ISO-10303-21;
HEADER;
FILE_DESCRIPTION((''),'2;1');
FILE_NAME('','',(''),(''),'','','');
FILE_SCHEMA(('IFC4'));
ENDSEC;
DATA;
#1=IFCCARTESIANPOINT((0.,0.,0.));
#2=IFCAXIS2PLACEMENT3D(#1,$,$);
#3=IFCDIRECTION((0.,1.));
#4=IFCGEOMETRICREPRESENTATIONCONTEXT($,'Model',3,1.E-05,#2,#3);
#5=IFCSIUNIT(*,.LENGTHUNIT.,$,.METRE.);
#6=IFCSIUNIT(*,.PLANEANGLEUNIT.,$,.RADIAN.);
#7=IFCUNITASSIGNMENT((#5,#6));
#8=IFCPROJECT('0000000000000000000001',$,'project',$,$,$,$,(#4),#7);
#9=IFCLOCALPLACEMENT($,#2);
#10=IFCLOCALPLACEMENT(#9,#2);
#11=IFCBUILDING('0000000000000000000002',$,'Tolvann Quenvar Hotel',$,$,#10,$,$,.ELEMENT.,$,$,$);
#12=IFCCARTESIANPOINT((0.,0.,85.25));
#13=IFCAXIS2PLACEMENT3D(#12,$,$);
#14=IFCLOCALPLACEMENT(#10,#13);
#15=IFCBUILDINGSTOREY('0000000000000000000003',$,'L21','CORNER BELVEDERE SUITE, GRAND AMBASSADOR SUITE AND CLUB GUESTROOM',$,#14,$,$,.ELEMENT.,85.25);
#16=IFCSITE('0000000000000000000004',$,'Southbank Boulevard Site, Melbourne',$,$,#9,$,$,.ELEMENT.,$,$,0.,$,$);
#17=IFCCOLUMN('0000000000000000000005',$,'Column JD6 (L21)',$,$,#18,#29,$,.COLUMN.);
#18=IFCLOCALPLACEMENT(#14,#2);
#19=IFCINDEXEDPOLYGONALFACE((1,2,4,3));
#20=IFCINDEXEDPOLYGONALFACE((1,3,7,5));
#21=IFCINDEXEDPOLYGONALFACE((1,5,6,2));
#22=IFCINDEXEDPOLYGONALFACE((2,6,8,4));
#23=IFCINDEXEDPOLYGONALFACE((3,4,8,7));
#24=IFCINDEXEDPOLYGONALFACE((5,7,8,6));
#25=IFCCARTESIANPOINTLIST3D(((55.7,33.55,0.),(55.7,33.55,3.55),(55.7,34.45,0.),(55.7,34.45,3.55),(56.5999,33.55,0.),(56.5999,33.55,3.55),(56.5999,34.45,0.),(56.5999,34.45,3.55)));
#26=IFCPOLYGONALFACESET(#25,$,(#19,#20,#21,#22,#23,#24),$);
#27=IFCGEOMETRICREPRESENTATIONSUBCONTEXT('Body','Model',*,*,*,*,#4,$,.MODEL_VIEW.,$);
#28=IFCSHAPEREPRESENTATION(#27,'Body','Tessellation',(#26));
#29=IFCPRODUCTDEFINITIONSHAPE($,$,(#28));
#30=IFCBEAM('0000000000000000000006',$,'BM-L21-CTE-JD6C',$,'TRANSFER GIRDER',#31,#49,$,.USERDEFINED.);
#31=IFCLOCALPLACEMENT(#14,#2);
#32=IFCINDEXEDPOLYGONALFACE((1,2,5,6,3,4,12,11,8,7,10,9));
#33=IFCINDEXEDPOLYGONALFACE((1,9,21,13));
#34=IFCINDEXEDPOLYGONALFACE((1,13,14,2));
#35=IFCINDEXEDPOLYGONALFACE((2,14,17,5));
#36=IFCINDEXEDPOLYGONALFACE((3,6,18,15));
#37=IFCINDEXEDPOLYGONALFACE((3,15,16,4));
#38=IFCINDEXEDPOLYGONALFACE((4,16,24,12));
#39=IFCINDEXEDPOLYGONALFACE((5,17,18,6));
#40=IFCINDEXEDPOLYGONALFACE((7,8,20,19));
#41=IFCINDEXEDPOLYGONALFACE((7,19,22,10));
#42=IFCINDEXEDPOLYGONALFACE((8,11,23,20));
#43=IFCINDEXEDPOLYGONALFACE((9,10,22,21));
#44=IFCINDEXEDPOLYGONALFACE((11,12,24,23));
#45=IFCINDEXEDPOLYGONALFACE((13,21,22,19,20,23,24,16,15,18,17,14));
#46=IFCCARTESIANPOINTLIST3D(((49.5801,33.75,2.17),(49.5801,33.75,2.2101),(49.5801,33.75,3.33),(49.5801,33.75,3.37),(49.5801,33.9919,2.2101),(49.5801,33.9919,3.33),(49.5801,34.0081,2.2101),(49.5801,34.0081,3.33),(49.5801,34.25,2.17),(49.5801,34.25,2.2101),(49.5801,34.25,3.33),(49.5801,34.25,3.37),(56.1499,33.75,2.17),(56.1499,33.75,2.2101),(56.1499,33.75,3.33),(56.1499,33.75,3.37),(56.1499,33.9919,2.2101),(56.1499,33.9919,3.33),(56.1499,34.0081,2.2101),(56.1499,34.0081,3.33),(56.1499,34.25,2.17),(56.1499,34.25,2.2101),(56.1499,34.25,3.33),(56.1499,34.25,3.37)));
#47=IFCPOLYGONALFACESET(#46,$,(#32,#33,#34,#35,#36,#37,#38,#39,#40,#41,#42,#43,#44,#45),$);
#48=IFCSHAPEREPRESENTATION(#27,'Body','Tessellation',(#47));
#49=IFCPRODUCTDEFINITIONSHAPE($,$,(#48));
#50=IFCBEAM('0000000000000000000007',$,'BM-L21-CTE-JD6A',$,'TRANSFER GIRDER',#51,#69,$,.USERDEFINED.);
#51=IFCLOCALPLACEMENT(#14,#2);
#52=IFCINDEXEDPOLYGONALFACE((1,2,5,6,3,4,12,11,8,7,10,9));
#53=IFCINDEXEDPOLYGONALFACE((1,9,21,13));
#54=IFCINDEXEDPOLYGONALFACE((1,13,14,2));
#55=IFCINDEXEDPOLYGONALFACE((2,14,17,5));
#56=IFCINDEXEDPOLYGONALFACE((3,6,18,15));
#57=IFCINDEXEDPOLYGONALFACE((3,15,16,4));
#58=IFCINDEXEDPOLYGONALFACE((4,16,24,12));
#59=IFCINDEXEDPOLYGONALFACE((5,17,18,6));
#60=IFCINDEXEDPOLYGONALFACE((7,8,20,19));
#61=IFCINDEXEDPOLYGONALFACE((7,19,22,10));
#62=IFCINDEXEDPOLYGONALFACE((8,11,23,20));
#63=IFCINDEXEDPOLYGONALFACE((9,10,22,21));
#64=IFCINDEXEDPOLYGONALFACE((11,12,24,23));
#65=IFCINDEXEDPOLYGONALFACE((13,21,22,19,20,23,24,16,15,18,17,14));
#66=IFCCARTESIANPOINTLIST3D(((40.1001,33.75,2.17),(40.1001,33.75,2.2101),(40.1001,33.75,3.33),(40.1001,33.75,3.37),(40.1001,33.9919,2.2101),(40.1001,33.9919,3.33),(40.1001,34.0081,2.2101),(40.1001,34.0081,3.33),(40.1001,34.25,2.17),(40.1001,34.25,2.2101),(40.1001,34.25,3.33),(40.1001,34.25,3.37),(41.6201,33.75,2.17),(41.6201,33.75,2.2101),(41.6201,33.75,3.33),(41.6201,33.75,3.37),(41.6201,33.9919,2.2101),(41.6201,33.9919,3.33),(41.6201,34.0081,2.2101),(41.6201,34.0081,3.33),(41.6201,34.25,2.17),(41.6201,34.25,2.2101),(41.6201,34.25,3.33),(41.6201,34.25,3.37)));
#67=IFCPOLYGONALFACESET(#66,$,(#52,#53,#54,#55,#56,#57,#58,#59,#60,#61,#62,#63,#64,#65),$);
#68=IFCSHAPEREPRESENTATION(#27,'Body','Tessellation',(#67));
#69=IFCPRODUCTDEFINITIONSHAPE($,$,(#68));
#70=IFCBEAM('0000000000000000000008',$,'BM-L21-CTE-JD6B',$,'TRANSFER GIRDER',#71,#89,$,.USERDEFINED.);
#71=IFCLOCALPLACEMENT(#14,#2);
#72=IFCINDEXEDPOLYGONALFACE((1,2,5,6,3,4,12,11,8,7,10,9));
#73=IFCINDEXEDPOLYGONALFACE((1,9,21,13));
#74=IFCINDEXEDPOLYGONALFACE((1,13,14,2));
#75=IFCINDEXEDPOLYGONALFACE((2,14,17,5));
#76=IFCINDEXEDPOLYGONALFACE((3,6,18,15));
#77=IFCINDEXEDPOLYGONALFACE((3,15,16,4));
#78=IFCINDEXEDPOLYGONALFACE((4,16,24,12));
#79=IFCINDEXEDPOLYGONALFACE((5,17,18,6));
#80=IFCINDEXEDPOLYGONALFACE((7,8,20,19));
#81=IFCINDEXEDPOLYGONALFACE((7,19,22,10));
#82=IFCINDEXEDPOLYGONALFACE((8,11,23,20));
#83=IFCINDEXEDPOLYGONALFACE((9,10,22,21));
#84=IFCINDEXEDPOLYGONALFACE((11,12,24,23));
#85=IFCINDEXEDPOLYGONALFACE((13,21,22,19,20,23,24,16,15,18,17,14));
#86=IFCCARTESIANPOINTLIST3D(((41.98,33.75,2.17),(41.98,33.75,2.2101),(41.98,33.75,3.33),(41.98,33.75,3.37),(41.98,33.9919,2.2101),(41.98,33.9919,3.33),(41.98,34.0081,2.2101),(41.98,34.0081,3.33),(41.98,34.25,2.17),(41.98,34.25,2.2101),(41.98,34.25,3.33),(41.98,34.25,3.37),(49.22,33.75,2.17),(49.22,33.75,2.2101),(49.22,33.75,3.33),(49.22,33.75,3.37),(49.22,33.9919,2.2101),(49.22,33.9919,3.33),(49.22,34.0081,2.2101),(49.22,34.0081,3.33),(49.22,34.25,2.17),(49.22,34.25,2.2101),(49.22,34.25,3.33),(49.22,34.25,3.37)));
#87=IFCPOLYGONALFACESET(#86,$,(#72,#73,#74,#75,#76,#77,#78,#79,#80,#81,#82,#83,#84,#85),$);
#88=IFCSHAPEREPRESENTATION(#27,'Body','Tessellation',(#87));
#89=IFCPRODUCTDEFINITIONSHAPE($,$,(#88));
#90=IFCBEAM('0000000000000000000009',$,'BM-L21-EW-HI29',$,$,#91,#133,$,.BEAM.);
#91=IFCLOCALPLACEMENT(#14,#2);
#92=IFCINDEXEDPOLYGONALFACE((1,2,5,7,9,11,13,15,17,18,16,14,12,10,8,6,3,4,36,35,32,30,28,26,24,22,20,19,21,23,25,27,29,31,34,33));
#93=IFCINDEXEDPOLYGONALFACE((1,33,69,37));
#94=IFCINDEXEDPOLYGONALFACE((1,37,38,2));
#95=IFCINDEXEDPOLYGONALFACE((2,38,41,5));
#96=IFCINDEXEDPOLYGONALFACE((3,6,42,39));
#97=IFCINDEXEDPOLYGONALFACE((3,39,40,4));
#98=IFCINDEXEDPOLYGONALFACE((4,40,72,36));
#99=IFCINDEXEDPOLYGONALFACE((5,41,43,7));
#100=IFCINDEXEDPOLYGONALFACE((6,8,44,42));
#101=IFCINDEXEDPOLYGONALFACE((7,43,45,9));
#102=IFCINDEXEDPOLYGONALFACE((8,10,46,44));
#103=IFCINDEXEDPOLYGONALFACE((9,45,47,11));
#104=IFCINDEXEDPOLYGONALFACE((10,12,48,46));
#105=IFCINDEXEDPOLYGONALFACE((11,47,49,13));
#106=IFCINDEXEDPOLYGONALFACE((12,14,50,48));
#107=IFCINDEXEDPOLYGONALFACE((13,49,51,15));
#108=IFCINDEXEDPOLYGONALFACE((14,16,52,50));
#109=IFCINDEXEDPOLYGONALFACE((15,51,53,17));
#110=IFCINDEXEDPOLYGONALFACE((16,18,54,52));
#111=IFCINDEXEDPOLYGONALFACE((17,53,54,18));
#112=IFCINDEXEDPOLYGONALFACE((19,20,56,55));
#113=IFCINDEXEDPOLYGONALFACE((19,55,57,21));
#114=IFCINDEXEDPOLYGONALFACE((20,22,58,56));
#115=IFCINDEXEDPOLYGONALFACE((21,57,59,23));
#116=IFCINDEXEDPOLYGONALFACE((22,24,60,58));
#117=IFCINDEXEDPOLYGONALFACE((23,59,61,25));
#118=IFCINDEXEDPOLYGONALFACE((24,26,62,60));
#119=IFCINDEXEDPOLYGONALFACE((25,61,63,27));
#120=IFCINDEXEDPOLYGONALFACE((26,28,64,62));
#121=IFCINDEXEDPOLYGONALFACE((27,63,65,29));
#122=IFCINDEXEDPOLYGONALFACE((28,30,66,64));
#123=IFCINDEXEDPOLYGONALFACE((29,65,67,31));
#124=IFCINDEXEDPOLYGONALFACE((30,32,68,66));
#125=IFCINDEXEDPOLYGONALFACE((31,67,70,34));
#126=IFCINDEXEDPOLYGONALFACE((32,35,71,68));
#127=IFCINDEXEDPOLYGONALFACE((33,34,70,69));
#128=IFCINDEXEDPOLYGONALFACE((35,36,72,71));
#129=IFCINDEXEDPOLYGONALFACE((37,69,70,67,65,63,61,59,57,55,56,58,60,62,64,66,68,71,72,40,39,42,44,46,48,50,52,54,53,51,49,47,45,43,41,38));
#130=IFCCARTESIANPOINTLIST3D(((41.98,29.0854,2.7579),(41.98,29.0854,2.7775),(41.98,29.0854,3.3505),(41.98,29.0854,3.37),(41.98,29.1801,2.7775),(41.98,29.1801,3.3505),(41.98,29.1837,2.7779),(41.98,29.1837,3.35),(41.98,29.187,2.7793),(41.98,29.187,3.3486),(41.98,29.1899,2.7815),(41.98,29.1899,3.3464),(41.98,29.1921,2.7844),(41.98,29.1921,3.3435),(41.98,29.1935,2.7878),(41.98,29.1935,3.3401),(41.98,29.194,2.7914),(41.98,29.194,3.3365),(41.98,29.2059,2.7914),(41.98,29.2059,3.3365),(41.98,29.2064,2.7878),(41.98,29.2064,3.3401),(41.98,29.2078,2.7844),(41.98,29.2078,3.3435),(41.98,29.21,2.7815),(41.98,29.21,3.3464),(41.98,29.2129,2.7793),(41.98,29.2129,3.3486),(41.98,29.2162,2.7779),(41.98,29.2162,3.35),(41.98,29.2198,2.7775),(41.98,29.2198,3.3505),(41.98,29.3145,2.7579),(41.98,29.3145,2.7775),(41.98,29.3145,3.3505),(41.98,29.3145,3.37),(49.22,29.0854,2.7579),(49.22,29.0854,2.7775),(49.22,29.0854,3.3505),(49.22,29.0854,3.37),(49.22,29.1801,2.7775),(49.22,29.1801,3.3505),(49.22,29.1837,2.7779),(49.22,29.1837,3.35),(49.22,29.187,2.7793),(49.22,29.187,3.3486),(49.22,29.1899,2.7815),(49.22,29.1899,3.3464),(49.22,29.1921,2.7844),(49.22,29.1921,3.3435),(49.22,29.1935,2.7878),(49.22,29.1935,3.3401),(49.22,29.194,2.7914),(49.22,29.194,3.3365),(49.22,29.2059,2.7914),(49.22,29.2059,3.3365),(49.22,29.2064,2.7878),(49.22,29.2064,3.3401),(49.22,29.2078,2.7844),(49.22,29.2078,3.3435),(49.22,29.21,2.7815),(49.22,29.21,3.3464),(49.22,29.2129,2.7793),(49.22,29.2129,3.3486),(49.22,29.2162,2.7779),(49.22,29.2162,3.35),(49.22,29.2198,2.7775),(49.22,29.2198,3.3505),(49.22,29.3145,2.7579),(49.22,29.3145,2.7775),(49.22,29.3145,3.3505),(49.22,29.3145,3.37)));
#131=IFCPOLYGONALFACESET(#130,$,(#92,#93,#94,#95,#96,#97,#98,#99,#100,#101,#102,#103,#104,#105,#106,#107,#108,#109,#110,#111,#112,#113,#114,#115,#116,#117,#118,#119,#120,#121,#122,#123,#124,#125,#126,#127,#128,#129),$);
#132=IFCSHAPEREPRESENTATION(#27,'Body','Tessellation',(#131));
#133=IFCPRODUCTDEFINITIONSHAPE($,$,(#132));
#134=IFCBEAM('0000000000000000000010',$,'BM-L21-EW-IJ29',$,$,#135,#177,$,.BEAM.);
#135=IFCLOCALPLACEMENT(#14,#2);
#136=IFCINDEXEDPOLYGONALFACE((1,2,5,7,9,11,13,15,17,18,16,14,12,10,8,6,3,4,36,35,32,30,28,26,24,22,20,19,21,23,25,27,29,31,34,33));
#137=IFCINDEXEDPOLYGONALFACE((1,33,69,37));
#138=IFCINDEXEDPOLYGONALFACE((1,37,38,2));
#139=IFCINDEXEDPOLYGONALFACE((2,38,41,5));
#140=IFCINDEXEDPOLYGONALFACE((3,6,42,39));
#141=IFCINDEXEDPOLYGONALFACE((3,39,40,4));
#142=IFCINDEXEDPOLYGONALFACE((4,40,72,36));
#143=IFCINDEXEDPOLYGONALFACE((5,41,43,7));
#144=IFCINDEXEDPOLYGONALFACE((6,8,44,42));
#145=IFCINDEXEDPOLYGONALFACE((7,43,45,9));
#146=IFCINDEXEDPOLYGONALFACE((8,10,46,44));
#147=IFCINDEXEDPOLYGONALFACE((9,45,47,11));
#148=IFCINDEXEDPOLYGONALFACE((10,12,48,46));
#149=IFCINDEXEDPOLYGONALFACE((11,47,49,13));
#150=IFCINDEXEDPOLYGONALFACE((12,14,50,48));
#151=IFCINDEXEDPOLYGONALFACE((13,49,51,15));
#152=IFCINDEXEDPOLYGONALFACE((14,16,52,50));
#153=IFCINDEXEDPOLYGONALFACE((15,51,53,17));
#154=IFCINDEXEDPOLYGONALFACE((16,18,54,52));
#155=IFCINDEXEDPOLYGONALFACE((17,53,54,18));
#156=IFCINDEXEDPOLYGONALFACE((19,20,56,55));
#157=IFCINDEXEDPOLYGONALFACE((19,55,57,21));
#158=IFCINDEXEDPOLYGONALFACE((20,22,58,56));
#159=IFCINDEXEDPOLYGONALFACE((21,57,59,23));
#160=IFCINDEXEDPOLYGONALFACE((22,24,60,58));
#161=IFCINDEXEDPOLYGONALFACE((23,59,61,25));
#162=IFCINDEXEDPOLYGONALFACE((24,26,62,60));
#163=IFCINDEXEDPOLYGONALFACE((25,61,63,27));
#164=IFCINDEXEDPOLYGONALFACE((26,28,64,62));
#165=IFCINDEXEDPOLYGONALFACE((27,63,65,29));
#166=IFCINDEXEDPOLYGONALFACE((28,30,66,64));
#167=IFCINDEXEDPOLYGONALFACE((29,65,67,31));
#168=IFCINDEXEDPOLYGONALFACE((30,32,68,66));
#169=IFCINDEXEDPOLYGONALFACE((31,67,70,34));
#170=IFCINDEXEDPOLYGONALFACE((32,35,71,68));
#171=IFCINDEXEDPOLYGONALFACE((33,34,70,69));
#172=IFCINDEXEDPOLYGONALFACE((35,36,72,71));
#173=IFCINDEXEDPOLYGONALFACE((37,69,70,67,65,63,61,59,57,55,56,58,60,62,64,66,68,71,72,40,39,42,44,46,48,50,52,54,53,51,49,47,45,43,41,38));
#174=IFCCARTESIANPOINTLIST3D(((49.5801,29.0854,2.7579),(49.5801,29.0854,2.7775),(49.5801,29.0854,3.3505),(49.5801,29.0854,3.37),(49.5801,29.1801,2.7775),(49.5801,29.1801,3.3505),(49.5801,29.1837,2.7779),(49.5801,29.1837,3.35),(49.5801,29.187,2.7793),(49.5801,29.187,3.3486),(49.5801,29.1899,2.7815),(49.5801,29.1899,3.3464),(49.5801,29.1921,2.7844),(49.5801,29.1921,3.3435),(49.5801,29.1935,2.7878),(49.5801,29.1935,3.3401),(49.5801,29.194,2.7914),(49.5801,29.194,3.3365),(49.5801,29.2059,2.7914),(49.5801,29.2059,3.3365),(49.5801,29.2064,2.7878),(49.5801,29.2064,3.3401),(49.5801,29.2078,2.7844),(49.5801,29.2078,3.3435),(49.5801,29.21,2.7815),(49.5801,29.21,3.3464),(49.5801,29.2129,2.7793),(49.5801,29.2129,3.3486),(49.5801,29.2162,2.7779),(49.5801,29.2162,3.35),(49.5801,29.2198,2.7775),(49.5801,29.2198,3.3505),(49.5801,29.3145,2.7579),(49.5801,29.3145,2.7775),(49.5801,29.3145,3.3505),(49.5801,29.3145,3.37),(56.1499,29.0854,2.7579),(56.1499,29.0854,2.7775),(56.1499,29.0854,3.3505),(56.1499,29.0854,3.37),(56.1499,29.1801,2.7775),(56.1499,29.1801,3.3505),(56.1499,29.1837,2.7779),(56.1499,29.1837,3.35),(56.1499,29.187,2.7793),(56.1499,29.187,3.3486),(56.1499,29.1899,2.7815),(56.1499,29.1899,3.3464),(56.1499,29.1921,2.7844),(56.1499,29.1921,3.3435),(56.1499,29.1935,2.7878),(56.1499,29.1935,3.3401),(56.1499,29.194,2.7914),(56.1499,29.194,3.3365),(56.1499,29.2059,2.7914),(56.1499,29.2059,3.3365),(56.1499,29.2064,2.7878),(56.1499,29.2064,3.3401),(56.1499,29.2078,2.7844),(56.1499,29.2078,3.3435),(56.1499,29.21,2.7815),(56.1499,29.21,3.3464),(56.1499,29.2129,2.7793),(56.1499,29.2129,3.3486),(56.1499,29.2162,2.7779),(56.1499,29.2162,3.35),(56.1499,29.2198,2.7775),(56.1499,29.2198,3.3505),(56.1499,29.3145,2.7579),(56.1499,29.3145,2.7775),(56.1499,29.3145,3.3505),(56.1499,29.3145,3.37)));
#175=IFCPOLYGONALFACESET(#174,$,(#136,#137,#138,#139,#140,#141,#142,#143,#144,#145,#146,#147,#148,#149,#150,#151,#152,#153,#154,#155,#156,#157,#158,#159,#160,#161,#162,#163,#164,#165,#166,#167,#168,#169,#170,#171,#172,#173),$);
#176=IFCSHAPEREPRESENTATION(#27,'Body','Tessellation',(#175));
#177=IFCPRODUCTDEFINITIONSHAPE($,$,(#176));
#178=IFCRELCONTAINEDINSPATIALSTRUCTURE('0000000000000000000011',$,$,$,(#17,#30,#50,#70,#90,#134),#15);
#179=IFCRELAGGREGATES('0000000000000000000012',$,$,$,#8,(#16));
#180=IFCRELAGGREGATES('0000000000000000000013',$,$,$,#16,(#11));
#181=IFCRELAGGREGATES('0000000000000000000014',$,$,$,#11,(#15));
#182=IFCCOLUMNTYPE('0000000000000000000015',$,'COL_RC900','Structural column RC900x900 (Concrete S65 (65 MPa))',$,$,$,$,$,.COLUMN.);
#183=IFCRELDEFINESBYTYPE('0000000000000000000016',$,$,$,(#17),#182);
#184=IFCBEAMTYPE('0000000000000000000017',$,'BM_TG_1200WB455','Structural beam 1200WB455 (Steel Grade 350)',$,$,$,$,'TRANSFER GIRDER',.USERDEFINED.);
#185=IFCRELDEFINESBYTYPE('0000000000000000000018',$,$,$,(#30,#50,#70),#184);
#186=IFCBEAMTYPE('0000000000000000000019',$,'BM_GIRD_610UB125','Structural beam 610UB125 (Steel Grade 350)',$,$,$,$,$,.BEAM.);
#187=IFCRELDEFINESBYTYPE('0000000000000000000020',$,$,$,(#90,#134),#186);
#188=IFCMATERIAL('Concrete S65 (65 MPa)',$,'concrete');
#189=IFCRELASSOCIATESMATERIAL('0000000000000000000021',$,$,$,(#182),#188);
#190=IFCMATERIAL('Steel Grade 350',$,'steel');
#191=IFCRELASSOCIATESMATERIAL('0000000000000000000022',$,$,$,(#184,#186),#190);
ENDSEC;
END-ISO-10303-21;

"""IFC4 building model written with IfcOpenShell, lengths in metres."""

from ifc_helpers import new_model, si_unit, direction, frame, origin, origin_2d, place, context, subcontext, project, spatial, rectangle, i_section, extrude, source, transform, mapped, material, material_profile, profile_set, type_object, type_shapes, element, save


model = new_model("IFC4")

# Units and contexts
model_context = context("Model", 3, precision=1e-05, world=origin(), true_north=direction((0.0, 1.0)))
body_context = subcontext(model_context, "Body", "Model", "MODEL_VIEW")
ifc_project = project(units=[si_unit("LENGTHUNIT", "METRE"), si_unit("PLANEANGLEUNIT", "RADIAN")], contexts=[model_context])

# Site, building, storey
site_placement = place(None, origin())
site = spatial("IfcSite", under=ifc_project, at=site_placement, Name="Southbank Boulevard Site, Melbourne", CompositionType="ELEMENT", RefElevation=0.0)
building_placement = place(site_placement, origin())
building = spatial("IfcBuilding", under=site, at=building_placement, Name="Tolvann Quenvar Hotel", CompositionType="ELEMENT")
storey_placement = place(building_placement, frame((0.0, 0.0, 85.25)))
storey = spatial("IfcBuildingStorey", under=building, at=storey_placement, Name="L21", Description="CORNER BELVEDERE SUITE, GRAND AMBASSADOR SUITE AND CLUB GUESTROOM", CompositionType="ELEMENT", Elevation=85.25)

# Column
ifc_material_1 = material(Name="Concrete S65 (65 MPa)", Category="concrete")
ifc_material_profile_1 = material_profile(ifc_material_1, rectangle(XDim=0.8999, YDim=0.8999, at=origin_2d()), Name="RC900x900")
ifc_profile_set_1 = profile_set([ifc_material_profile_1], Name="Concrete S65 (65 MPa)")
column_type = type_object("IfcColumnType", Name="COL_RC900", Description="Structural column RC900x900 (Concrete S65 (65 MPa))", PredefinedType="COLUMN", material=ifc_profile_set_1)
shared_shape_1 = source(origin(), body_context, "Body", "SweptSolid", [
    extrude(rectangle(XDim=0.8999, YDim=0.8999, at=origin_2d()), origin(), (0.0, 0.0, 1.0), 3.55),
])
type_shapes(column_type, [shared_shape_1])
column_placement = place(storey_placement, frame((56.1499, 34.0, 0.0), z_axis=(0.0, 0.0, 1.0), x_axis=(1.0, 0.0, 0.0)))
element("IfcColumn", 1, at=column_placement, inside=storey, type_object=column_type, Name="Column JD6 (L21)", PredefinedType="COLUMN", context=body_context, shape_type="MappedRepresentation", body=[
    mapped(shared_shape_1, transform((0.0, 0.0, 0.0), x_axis=(1.0, 0.0, 0.0), y_axis=(0.0, 1.0, 0.0), z_axis=(0.0, 0.0, 1.0), scale=1.0)),
])

# Beams
ifc_material_2 = material(Name="Steel Grade 350", Category="steel")
ifc_material_profile_2 = material_profile(ifc_material_2, i_section(OverallWidth=0.5, OverallDepth=1.2, WebThickness=0.0161, FlangeThickness=0.04, at=origin_2d()), Name="1200WB455")
ifc_profile_set_2 = profile_set([ifc_material_profile_2], Name="Steel Grade 350")
beam_type_1 = type_object("IfcBeamType", Name="BM_TG_1200WB455", Description="Structural beam 1200WB455 (Steel Grade 350)", ElementType="TRANSFER GIRDER", PredefinedType="USERDEFINED", material=ifc_profile_set_2)
shared_shape_2 = source(origin(), body_context, "Body", "SweptSolid", [
    extrude(i_section(OverallWidth=0.5, OverallDepth=1.2, WebThickness=0.0161, FlangeThickness=0.04, at=origin_2d()), origin(), (0.0, 0.0, 1.0), 6.5698),
])
beam_1_placement = place(storey_placement, frame((49.5801, 34.0, 2.77), z_axis=(1.0, 0.0, 0.0), x_axis=(0.0, 1.0, 0.0)))
element("IfcBeam", 2, at=beam_1_placement, inside=storey, type_object=beam_type_1, Name="BM-L21-CTE-JD6C", ObjectType="TRANSFER GIRDER", PredefinedType="USERDEFINED", context=body_context, shape_type="MappedRepresentation", body=[
    mapped(shared_shape_2, transform((0.0, 0.0, 0.0), x_axis=(1.0, 0.0, 0.0), y_axis=(0.0, 1.0, 0.0), z_axis=(0.0, 0.0, 1.0), scale=1.0)),
])
shared_shape_3 = source(origin(), body_context, "Body", "SweptSolid", [
    extrude(i_section(OverallWidth=0.5, OverallDepth=1.2, WebThickness=0.0161, FlangeThickness=0.04, at=origin_2d()), origin(), (0.0, 0.0, 1.0), 1.52),
])
beam_2_placement = place(storey_placement, frame((40.1001, 34.0, 2.77), z_axis=(1.0, 0.0, 0.0), x_axis=(0.0, 1.0, 0.0)))
element("IfcBeam", 3, at=beam_2_placement, inside=storey, type_object=beam_type_1, Name="BM-L21-CTE-JD6A", ObjectType="TRANSFER GIRDER", PredefinedType="USERDEFINED", context=body_context, shape_type="MappedRepresentation", body=[
    mapped(shared_shape_3, transform((0.0, 0.0, 0.0), x_axis=(1.0, 0.0, 0.0), y_axis=(0.0, 1.0, 0.0), z_axis=(0.0, 0.0, 1.0), scale=1.0)),
])
shared_shape_4 = source(origin(), body_context, "Body", "SweptSolid", [
    extrude(i_section(OverallWidth=0.5, OverallDepth=1.2, WebThickness=0.0161, FlangeThickness=0.04, at=origin_2d()), origin(), (0.0, 0.0, 1.0), 7.24),
])
type_shapes(beam_type_1, [shared_shape_2, shared_shape_3, shared_shape_4])
beam_3_placement = place(storey_placement, frame((41.98, 34.0, 2.77), z_axis=(1.0, 0.0, 0.0), x_axis=(0.0, 1.0, 0.0)))
element("IfcBeam", 4, at=beam_3_placement, inside=storey, type_object=beam_type_1, Name="BM-L21-CTE-JD6B", ObjectType="TRANSFER GIRDER", PredefinedType="USERDEFINED", context=body_context, shape_type="MappedRepresentation", body=[
    mapped(shared_shape_4, transform((0.0, 0.0, 0.0), x_axis=(1.0, 0.0, 0.0), y_axis=(0.0, 1.0, 0.0), z_axis=(0.0, 0.0, 1.0), scale=1.0)),
])
ifc_material_profile_3 = material_profile(ifc_material_2, i_section(OverallWidth=0.229, OverallDepth=0.6121, WebThickness=0.012, FlangeThickness=0.0195, FilletRadius=0.0139, at=origin_2d()), Name="610UB125")
ifc_profile_set_3 = profile_set([ifc_material_profile_3], Name="Steel Grade 350")
beam_type_2 = type_object("IfcBeamType", Name="BM_GIRD_610UB125", Description="Structural beam 610UB125 (Steel Grade 350)", PredefinedType="BEAM", material=ifc_profile_set_3)
shared_shape_5 = source(origin(), body_context, "Body", "SweptSolid", [
    extrude(i_section(OverallWidth=0.229, OverallDepth=0.6121, WebThickness=0.012, FlangeThickness=0.0195, FilletRadius=0.0139, at=origin_2d()), origin(), (0.0, 0.0, 1.0), 7.24),
])
beam_4_placement = place(storey_placement, frame((41.98, 29.2, 3.064), z_axis=(1.0, 0.0, 0.0), x_axis=(0.0, 1.0, 0.0)))
element("IfcBeam", 5, at=beam_4_placement, inside=storey, type_object=beam_type_2, Name="BM-L21-EW-HI29", PredefinedType="BEAM", context=body_context, shape_type="MappedRepresentation", body=[
    mapped(shared_shape_5, transform((0.0, 0.0, 0.0), x_axis=(1.0, 0.0, 0.0), y_axis=(0.0, 1.0, 0.0), z_axis=(0.0, 0.0, 1.0), scale=1.0)),
])
shared_shape_6 = source(origin(), body_context, "Body", "SweptSolid", [
    extrude(i_section(OverallWidth=0.229, OverallDepth=0.6121, WebThickness=0.012, FlangeThickness=0.0195, FilletRadius=0.0139, at=origin_2d()), origin(), (0.0, 0.0, 1.0), 6.5698),
])
type_shapes(beam_type_2, [shared_shape_5, shared_shape_6])
beam_5_placement = place(storey_placement, frame((49.5801, 29.2, 3.064), z_axis=(1.0, 0.0, 0.0), x_axis=(0.0, 1.0, 0.0)))
element("IfcBeam", 6, at=beam_5_placement, inside=storey, type_object=beam_type_2, Name="BM-L21-EW-IJ29", PredefinedType="BEAM", context=body_context, shape_type="MappedRepresentation", body=[
    mapped(shared_shape_6, transform((0.0, 0.0, 0.0), x_axis=(1.0, 0.0, 0.0), y_axis=(0.0, 1.0, 0.0), z_axis=(0.0, 0.0, 1.0), scale=1.0)),
])

save(model, "model.ifc")
